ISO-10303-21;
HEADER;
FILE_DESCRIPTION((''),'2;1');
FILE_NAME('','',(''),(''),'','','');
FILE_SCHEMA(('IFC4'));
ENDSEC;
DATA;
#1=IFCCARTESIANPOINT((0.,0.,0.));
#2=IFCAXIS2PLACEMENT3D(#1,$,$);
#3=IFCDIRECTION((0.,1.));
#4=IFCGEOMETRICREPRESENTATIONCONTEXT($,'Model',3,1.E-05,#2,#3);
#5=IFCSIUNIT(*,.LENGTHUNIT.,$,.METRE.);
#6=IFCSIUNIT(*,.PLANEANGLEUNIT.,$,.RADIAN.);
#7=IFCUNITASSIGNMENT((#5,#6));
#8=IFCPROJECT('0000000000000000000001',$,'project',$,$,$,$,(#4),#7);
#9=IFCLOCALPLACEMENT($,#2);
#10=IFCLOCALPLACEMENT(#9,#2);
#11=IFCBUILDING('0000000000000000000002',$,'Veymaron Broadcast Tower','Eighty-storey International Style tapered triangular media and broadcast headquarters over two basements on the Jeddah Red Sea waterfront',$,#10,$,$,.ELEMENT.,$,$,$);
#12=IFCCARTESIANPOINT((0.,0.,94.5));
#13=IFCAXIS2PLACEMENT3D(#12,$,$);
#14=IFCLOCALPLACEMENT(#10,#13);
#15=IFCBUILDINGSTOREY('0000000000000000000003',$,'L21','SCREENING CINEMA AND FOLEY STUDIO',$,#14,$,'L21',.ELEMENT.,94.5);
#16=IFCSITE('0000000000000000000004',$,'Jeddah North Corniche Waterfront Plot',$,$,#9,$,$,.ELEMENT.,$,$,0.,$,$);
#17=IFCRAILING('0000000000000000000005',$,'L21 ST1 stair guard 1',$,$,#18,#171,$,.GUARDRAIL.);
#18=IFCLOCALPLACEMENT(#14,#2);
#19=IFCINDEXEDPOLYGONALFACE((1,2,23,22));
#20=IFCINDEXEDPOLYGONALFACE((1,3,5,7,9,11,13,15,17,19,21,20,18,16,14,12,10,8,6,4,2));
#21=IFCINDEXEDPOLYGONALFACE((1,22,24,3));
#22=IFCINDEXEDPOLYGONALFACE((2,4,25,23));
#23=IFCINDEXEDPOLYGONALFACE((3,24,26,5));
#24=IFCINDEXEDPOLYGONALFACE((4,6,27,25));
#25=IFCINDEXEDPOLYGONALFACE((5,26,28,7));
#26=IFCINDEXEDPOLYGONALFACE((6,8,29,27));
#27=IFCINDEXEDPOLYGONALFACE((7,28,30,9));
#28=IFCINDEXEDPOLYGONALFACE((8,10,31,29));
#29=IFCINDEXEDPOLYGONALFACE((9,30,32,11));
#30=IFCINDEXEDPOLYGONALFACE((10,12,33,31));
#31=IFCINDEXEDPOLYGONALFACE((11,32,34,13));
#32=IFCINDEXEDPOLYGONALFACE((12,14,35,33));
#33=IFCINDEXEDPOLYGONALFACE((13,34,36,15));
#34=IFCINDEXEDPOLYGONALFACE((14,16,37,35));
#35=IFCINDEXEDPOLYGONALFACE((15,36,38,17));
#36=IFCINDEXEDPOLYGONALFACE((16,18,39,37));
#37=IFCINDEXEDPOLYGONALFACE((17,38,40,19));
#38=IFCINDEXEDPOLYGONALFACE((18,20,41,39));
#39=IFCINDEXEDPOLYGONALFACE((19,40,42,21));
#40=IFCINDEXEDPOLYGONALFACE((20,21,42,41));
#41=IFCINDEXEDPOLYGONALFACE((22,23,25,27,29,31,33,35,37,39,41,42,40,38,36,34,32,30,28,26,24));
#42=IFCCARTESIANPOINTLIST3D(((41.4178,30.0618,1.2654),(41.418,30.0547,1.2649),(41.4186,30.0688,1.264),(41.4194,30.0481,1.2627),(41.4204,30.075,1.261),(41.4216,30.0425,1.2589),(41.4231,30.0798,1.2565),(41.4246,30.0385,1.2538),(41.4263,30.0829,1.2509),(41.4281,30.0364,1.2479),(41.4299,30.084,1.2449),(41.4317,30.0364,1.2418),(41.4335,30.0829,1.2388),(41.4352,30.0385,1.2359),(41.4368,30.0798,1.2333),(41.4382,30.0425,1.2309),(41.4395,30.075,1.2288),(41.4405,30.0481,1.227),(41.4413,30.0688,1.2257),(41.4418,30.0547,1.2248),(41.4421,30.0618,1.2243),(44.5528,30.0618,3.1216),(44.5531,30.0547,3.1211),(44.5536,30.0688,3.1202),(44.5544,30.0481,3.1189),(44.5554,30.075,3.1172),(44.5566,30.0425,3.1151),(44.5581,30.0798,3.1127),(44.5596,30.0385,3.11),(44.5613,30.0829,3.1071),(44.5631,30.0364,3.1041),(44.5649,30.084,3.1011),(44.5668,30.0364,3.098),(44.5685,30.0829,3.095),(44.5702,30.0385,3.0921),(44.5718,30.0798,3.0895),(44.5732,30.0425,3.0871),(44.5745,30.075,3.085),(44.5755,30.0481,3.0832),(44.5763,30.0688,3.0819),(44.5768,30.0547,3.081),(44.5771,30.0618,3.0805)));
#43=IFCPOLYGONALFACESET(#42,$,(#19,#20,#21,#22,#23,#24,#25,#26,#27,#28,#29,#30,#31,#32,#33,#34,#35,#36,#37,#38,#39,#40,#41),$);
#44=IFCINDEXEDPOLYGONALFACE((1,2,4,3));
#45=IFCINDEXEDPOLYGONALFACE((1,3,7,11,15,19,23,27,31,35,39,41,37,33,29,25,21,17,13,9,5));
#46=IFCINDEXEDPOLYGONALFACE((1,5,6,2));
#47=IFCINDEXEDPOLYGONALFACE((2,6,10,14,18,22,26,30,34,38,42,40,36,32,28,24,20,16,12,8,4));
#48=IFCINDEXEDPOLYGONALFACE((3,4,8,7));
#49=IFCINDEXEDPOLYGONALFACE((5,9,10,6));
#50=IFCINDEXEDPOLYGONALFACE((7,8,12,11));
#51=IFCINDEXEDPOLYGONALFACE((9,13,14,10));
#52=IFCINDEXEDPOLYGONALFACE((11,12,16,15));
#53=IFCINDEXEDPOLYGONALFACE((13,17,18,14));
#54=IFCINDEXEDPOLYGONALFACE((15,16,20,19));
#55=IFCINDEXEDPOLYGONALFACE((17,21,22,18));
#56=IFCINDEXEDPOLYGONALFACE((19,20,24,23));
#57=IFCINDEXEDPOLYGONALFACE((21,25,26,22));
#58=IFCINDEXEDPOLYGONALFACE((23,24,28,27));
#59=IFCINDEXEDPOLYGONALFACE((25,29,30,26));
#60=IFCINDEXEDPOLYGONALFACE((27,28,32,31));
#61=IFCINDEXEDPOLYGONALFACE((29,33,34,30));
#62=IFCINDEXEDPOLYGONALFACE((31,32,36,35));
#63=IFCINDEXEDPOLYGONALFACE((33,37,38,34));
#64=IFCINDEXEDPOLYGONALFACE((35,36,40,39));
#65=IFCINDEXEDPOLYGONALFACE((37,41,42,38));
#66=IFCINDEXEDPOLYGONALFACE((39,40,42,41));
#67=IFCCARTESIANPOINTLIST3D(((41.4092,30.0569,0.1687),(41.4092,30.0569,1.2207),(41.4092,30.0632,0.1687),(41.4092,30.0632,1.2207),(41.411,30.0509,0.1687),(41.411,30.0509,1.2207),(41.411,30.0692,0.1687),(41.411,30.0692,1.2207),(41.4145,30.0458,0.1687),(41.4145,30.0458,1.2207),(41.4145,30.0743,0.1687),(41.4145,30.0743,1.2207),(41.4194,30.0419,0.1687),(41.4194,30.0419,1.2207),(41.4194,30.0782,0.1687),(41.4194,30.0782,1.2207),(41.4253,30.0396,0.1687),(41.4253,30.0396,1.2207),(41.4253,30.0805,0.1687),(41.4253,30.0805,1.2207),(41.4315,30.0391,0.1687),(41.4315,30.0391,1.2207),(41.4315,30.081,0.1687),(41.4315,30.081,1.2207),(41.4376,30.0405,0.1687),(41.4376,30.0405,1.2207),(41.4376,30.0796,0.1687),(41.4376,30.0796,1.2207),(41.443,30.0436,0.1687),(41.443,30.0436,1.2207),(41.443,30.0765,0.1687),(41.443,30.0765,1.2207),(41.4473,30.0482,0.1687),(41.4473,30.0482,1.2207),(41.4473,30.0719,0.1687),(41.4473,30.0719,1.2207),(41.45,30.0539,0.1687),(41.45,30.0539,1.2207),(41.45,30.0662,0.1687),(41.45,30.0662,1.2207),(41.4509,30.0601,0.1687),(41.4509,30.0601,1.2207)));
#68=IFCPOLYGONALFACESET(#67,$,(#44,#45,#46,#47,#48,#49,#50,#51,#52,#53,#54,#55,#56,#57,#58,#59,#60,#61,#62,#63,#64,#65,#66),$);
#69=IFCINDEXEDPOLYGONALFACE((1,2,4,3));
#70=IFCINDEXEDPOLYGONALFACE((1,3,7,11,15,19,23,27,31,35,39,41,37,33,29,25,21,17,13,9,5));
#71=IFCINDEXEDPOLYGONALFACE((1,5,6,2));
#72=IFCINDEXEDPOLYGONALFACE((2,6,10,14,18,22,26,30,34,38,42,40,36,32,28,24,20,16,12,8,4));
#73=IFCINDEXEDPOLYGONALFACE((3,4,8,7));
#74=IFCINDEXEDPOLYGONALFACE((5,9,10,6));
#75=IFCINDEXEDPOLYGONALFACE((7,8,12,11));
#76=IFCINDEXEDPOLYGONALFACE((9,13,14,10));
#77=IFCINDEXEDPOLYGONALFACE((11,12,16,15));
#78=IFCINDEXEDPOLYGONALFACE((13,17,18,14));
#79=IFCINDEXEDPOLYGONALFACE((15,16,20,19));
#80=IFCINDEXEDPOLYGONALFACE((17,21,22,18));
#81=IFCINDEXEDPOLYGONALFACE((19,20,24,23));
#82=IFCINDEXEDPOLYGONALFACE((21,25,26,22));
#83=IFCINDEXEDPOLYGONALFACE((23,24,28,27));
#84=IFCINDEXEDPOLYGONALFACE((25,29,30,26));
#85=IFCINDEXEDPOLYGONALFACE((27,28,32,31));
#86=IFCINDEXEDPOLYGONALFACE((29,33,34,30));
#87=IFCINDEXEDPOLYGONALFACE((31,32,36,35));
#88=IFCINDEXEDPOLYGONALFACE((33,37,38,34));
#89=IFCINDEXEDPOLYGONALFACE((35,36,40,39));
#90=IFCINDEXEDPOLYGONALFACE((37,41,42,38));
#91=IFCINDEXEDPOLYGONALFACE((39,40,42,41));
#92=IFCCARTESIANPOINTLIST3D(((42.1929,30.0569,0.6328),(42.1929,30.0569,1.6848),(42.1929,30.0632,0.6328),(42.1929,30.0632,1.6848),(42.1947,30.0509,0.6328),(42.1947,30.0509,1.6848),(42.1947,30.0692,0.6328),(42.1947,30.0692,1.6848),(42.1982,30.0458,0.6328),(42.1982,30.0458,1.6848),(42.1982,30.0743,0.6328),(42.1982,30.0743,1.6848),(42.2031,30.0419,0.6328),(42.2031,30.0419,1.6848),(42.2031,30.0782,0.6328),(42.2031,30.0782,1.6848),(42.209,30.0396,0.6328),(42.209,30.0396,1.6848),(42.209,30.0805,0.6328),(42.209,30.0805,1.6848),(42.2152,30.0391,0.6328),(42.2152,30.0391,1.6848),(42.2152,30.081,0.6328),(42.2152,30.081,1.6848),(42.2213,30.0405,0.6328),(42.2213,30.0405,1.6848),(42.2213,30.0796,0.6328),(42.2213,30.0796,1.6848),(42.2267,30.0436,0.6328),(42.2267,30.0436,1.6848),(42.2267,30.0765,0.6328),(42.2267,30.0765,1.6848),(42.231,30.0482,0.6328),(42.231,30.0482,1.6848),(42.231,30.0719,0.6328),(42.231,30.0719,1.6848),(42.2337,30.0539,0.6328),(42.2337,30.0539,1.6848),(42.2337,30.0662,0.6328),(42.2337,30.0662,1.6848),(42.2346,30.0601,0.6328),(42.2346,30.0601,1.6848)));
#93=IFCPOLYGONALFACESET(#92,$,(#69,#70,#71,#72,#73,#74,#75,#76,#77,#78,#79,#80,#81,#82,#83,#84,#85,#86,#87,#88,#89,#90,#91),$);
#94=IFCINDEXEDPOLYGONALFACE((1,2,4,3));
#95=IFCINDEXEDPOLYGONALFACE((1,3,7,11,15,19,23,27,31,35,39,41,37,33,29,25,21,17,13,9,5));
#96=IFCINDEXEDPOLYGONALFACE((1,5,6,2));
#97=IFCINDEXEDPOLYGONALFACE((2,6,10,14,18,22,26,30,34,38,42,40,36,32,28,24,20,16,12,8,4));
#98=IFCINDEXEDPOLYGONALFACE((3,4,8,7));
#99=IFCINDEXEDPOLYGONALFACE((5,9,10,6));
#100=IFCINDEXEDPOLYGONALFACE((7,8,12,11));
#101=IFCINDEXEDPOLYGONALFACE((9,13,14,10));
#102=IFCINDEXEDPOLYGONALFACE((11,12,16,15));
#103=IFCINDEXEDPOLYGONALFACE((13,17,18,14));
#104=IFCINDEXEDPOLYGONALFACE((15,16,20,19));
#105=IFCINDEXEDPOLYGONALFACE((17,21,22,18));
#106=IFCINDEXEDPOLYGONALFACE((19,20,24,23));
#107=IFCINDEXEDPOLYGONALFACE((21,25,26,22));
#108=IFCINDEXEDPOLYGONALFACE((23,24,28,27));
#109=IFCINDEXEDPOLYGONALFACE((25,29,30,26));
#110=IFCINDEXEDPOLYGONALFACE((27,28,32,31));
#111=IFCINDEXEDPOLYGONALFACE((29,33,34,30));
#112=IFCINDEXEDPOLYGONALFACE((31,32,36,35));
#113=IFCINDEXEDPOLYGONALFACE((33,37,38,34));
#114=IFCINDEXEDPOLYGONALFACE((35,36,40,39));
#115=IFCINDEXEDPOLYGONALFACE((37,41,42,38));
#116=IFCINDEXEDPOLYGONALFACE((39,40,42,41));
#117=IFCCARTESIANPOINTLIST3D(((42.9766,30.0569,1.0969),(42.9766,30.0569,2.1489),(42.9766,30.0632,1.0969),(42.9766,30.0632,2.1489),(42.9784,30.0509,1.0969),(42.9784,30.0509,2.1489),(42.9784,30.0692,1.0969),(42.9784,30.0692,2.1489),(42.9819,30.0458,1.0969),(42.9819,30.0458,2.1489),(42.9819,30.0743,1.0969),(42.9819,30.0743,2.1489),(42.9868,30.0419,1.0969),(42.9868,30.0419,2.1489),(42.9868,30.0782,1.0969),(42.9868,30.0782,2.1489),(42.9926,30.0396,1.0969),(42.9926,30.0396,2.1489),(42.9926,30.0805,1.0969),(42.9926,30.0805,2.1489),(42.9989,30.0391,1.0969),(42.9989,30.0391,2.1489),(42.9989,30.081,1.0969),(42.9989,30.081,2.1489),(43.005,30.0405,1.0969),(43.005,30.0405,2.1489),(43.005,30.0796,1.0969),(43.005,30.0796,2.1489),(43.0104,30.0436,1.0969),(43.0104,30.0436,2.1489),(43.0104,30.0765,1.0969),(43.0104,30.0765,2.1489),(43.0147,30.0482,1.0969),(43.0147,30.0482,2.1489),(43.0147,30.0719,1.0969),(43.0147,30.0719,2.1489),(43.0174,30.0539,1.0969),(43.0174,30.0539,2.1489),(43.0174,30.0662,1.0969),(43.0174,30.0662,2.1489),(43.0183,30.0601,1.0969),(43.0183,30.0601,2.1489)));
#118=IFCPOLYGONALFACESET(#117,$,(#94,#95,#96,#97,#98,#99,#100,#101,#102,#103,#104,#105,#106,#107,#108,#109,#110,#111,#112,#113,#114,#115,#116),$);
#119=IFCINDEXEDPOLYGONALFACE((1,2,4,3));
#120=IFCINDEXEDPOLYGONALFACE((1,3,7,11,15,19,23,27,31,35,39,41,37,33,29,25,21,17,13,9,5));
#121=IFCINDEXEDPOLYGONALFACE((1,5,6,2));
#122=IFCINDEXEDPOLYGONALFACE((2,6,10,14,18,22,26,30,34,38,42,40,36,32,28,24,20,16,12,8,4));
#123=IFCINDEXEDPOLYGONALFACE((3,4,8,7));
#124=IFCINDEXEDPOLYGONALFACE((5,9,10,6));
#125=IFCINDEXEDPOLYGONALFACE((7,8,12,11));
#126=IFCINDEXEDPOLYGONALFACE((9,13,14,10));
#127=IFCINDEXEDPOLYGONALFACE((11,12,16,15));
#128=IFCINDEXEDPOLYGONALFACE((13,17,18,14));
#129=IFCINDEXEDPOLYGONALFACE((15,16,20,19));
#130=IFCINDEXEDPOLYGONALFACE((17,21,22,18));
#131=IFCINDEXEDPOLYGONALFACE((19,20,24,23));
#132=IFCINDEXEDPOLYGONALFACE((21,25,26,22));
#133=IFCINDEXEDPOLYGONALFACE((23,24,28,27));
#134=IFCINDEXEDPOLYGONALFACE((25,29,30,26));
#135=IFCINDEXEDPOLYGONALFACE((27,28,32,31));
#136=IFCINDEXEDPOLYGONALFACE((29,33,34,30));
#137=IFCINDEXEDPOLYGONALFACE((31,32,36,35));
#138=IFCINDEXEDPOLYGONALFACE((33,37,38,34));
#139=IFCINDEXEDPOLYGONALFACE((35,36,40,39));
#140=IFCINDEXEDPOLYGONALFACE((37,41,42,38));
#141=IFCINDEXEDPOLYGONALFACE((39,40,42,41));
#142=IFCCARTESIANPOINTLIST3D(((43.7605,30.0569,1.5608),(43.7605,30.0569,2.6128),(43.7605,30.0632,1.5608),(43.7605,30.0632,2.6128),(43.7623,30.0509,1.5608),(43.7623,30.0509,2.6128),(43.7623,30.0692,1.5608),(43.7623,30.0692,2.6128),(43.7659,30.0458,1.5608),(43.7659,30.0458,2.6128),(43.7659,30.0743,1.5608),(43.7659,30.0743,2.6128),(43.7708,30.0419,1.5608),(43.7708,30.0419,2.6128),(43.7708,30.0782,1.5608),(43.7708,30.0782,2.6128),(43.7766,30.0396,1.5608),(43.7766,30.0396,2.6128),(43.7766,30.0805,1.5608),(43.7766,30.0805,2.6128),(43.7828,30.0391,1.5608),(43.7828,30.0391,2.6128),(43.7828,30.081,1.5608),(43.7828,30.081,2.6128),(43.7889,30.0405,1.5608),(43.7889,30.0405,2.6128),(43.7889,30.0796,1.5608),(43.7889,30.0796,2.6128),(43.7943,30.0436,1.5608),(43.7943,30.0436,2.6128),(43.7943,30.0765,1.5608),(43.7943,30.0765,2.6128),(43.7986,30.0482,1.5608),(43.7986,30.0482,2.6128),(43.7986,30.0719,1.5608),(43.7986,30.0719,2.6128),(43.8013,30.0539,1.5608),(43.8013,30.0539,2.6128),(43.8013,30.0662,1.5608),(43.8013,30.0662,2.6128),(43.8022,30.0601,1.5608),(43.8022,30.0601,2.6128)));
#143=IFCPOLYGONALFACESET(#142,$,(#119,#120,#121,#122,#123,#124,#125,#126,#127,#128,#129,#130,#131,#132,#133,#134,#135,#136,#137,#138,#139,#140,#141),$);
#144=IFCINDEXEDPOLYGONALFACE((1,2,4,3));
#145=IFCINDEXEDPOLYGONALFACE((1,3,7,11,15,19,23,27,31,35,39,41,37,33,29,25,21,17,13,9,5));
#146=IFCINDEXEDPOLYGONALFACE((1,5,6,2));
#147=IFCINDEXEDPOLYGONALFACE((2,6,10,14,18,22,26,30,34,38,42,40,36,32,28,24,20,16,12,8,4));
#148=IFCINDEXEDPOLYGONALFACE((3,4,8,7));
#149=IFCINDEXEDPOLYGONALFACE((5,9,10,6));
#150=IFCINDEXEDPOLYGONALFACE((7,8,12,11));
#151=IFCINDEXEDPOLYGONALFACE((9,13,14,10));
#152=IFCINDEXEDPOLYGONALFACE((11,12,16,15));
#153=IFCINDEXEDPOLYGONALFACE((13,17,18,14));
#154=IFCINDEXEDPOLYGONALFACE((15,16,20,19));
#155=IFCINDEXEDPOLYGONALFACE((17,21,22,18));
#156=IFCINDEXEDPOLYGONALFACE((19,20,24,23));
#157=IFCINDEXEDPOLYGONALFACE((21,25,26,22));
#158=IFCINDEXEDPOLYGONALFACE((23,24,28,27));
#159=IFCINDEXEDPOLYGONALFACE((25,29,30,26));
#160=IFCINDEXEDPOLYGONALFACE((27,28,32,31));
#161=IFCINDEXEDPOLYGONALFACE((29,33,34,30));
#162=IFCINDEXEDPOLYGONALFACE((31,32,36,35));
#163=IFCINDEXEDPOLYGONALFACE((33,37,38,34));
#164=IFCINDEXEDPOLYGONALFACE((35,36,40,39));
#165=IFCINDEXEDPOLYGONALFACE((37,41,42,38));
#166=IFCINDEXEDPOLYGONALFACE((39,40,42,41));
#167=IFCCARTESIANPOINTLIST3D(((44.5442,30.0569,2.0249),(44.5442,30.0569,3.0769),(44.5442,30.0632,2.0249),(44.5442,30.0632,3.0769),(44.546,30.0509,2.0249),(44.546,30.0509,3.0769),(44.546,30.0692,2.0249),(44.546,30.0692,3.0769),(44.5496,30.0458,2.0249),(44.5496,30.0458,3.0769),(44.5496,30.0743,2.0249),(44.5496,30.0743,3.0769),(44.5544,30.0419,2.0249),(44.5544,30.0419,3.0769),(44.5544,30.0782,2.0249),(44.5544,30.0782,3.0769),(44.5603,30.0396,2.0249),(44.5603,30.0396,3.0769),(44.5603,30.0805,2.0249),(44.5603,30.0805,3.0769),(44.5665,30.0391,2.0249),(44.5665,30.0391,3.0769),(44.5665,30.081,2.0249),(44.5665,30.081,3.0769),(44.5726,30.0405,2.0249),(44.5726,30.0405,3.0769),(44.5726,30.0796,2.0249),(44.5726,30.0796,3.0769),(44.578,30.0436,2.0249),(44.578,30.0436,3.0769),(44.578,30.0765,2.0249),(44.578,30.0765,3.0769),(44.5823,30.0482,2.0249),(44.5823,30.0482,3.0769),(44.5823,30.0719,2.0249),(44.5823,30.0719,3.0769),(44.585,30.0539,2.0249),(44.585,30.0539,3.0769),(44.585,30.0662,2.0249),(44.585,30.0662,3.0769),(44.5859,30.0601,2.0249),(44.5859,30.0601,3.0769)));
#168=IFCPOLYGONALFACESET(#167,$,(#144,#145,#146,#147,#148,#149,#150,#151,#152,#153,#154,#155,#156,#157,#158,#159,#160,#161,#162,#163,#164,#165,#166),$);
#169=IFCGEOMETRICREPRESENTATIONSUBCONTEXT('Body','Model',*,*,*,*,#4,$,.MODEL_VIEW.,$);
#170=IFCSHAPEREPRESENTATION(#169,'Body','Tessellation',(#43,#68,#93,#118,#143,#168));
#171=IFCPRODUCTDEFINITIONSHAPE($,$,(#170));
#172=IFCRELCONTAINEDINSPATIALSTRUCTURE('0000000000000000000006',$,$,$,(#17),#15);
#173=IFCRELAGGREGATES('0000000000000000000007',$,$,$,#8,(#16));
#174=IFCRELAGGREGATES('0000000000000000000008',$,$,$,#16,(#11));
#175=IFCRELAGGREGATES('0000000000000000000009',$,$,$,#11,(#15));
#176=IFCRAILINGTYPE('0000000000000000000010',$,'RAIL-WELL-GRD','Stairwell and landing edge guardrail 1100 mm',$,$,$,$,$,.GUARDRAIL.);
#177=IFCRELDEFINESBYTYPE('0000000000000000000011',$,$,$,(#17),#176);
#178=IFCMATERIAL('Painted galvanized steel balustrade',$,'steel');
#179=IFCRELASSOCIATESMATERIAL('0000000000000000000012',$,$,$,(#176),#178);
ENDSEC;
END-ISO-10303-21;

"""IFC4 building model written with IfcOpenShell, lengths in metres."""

from ifc_helpers import new_model, si_unit, direction, frame, origin, origin_2d, place, context, subcontext, project, spatial, circle, extrude, material, type_object, element, save


model = new_model("IFC4")

# Units and contexts
model_context = context("Model", 3, precision=1e-05, world=origin(), true_north=direction((0.0, 1.0)))
body_context = subcontext(model_context, "Body", "Model", "MODEL_VIEW")
ifc_project = project(units=[si_unit("LENGTHUNIT", "METRE"), si_unit("PLANEANGLEUNIT", "RADIAN")], contexts=[model_context])

# Site, building, storey
site_placement = place(None, origin())
site = spatial("IfcSite", under=ifc_project, at=site_placement, Name="Jeddah North Corniche Waterfront Plot", CompositionType="ELEMENT", RefElevation=0.0)
building_placement = place(site_placement, origin())
building = spatial("IfcBuilding", under=site, at=building_placement, Name="Veymaron Broadcast Tower", Description="Eighty-storey International Style tapered triangular media and broadcast headquarters over two basements on the Jeddah Red Sea waterfront", CompositionType="ELEMENT")
storey_placement = place(building_placement, frame((0.0, 0.0, 94.5)))
storey = spatial("IfcBuildingStorey", under=building, at=storey_placement, Name="L21", Description="SCREENING CINEMA AND FOLEY STUDIO", LongName="L21", CompositionType="ELEMENT", Elevation=94.5)

# Railing
ifc_material_1 = material(Name="Painted galvanized steel balustrade", Category="steel")
railing_type_1 = type_object("IfcRailingType", Name="RAIL-WELL-GRD", Description="Stairwell and landing edge guardrail 1100 mm", PredefinedType="GUARDRAIL", material=ifc_material_1)
railing_1_placement = place(storey_placement, frame((41.4299, 30.0601, 0.1687)))
element("IfcRailing", 1, at=railing_1_placement, inside=storey, type_object=railing_type_1, Name="L21 ST1 stair guard 1", PredefinedType="GUARDRAIL", context=body_context, shape_type="SweptSolid", body=[
    extrude(circle(Radius=0.0239, at=origin_2d()), frame((0.0, 0.0, 1.0762), z_axis=(0.860482, 0.0, 0.509481), x_axis=(0.0, 1.0, 0.0)), (0.0, 0.0, 1.0), 3.6433),
    extrude(circle(Radius=0.021, at=origin_2d()), origin(), (0.0, 0.0, 1.0), 1.052),
    extrude(circle(Radius=0.021, at=origin_2d()), frame((0.7837, 0.0, 0.4641)), (0.0, 0.0, 1.0), 1.052),
    extrude(circle(Radius=0.021, at=origin_2d()), frame((1.5674, 0.0, 0.9282)), (0.0, 0.0, 1.0), 1.052),
    extrude(circle(Radius=0.021, at=origin_2d()), frame((2.3513, 0.0, 1.3921)), (0.0, 0.0, 1.0), 1.052),
    extrude(circle(Radius=0.021, at=origin_2d()), frame((3.135, 0.0, 1.8562)), (0.0, 0.0, 1.0), 1.052),
])

save(model, "model.ifc")
